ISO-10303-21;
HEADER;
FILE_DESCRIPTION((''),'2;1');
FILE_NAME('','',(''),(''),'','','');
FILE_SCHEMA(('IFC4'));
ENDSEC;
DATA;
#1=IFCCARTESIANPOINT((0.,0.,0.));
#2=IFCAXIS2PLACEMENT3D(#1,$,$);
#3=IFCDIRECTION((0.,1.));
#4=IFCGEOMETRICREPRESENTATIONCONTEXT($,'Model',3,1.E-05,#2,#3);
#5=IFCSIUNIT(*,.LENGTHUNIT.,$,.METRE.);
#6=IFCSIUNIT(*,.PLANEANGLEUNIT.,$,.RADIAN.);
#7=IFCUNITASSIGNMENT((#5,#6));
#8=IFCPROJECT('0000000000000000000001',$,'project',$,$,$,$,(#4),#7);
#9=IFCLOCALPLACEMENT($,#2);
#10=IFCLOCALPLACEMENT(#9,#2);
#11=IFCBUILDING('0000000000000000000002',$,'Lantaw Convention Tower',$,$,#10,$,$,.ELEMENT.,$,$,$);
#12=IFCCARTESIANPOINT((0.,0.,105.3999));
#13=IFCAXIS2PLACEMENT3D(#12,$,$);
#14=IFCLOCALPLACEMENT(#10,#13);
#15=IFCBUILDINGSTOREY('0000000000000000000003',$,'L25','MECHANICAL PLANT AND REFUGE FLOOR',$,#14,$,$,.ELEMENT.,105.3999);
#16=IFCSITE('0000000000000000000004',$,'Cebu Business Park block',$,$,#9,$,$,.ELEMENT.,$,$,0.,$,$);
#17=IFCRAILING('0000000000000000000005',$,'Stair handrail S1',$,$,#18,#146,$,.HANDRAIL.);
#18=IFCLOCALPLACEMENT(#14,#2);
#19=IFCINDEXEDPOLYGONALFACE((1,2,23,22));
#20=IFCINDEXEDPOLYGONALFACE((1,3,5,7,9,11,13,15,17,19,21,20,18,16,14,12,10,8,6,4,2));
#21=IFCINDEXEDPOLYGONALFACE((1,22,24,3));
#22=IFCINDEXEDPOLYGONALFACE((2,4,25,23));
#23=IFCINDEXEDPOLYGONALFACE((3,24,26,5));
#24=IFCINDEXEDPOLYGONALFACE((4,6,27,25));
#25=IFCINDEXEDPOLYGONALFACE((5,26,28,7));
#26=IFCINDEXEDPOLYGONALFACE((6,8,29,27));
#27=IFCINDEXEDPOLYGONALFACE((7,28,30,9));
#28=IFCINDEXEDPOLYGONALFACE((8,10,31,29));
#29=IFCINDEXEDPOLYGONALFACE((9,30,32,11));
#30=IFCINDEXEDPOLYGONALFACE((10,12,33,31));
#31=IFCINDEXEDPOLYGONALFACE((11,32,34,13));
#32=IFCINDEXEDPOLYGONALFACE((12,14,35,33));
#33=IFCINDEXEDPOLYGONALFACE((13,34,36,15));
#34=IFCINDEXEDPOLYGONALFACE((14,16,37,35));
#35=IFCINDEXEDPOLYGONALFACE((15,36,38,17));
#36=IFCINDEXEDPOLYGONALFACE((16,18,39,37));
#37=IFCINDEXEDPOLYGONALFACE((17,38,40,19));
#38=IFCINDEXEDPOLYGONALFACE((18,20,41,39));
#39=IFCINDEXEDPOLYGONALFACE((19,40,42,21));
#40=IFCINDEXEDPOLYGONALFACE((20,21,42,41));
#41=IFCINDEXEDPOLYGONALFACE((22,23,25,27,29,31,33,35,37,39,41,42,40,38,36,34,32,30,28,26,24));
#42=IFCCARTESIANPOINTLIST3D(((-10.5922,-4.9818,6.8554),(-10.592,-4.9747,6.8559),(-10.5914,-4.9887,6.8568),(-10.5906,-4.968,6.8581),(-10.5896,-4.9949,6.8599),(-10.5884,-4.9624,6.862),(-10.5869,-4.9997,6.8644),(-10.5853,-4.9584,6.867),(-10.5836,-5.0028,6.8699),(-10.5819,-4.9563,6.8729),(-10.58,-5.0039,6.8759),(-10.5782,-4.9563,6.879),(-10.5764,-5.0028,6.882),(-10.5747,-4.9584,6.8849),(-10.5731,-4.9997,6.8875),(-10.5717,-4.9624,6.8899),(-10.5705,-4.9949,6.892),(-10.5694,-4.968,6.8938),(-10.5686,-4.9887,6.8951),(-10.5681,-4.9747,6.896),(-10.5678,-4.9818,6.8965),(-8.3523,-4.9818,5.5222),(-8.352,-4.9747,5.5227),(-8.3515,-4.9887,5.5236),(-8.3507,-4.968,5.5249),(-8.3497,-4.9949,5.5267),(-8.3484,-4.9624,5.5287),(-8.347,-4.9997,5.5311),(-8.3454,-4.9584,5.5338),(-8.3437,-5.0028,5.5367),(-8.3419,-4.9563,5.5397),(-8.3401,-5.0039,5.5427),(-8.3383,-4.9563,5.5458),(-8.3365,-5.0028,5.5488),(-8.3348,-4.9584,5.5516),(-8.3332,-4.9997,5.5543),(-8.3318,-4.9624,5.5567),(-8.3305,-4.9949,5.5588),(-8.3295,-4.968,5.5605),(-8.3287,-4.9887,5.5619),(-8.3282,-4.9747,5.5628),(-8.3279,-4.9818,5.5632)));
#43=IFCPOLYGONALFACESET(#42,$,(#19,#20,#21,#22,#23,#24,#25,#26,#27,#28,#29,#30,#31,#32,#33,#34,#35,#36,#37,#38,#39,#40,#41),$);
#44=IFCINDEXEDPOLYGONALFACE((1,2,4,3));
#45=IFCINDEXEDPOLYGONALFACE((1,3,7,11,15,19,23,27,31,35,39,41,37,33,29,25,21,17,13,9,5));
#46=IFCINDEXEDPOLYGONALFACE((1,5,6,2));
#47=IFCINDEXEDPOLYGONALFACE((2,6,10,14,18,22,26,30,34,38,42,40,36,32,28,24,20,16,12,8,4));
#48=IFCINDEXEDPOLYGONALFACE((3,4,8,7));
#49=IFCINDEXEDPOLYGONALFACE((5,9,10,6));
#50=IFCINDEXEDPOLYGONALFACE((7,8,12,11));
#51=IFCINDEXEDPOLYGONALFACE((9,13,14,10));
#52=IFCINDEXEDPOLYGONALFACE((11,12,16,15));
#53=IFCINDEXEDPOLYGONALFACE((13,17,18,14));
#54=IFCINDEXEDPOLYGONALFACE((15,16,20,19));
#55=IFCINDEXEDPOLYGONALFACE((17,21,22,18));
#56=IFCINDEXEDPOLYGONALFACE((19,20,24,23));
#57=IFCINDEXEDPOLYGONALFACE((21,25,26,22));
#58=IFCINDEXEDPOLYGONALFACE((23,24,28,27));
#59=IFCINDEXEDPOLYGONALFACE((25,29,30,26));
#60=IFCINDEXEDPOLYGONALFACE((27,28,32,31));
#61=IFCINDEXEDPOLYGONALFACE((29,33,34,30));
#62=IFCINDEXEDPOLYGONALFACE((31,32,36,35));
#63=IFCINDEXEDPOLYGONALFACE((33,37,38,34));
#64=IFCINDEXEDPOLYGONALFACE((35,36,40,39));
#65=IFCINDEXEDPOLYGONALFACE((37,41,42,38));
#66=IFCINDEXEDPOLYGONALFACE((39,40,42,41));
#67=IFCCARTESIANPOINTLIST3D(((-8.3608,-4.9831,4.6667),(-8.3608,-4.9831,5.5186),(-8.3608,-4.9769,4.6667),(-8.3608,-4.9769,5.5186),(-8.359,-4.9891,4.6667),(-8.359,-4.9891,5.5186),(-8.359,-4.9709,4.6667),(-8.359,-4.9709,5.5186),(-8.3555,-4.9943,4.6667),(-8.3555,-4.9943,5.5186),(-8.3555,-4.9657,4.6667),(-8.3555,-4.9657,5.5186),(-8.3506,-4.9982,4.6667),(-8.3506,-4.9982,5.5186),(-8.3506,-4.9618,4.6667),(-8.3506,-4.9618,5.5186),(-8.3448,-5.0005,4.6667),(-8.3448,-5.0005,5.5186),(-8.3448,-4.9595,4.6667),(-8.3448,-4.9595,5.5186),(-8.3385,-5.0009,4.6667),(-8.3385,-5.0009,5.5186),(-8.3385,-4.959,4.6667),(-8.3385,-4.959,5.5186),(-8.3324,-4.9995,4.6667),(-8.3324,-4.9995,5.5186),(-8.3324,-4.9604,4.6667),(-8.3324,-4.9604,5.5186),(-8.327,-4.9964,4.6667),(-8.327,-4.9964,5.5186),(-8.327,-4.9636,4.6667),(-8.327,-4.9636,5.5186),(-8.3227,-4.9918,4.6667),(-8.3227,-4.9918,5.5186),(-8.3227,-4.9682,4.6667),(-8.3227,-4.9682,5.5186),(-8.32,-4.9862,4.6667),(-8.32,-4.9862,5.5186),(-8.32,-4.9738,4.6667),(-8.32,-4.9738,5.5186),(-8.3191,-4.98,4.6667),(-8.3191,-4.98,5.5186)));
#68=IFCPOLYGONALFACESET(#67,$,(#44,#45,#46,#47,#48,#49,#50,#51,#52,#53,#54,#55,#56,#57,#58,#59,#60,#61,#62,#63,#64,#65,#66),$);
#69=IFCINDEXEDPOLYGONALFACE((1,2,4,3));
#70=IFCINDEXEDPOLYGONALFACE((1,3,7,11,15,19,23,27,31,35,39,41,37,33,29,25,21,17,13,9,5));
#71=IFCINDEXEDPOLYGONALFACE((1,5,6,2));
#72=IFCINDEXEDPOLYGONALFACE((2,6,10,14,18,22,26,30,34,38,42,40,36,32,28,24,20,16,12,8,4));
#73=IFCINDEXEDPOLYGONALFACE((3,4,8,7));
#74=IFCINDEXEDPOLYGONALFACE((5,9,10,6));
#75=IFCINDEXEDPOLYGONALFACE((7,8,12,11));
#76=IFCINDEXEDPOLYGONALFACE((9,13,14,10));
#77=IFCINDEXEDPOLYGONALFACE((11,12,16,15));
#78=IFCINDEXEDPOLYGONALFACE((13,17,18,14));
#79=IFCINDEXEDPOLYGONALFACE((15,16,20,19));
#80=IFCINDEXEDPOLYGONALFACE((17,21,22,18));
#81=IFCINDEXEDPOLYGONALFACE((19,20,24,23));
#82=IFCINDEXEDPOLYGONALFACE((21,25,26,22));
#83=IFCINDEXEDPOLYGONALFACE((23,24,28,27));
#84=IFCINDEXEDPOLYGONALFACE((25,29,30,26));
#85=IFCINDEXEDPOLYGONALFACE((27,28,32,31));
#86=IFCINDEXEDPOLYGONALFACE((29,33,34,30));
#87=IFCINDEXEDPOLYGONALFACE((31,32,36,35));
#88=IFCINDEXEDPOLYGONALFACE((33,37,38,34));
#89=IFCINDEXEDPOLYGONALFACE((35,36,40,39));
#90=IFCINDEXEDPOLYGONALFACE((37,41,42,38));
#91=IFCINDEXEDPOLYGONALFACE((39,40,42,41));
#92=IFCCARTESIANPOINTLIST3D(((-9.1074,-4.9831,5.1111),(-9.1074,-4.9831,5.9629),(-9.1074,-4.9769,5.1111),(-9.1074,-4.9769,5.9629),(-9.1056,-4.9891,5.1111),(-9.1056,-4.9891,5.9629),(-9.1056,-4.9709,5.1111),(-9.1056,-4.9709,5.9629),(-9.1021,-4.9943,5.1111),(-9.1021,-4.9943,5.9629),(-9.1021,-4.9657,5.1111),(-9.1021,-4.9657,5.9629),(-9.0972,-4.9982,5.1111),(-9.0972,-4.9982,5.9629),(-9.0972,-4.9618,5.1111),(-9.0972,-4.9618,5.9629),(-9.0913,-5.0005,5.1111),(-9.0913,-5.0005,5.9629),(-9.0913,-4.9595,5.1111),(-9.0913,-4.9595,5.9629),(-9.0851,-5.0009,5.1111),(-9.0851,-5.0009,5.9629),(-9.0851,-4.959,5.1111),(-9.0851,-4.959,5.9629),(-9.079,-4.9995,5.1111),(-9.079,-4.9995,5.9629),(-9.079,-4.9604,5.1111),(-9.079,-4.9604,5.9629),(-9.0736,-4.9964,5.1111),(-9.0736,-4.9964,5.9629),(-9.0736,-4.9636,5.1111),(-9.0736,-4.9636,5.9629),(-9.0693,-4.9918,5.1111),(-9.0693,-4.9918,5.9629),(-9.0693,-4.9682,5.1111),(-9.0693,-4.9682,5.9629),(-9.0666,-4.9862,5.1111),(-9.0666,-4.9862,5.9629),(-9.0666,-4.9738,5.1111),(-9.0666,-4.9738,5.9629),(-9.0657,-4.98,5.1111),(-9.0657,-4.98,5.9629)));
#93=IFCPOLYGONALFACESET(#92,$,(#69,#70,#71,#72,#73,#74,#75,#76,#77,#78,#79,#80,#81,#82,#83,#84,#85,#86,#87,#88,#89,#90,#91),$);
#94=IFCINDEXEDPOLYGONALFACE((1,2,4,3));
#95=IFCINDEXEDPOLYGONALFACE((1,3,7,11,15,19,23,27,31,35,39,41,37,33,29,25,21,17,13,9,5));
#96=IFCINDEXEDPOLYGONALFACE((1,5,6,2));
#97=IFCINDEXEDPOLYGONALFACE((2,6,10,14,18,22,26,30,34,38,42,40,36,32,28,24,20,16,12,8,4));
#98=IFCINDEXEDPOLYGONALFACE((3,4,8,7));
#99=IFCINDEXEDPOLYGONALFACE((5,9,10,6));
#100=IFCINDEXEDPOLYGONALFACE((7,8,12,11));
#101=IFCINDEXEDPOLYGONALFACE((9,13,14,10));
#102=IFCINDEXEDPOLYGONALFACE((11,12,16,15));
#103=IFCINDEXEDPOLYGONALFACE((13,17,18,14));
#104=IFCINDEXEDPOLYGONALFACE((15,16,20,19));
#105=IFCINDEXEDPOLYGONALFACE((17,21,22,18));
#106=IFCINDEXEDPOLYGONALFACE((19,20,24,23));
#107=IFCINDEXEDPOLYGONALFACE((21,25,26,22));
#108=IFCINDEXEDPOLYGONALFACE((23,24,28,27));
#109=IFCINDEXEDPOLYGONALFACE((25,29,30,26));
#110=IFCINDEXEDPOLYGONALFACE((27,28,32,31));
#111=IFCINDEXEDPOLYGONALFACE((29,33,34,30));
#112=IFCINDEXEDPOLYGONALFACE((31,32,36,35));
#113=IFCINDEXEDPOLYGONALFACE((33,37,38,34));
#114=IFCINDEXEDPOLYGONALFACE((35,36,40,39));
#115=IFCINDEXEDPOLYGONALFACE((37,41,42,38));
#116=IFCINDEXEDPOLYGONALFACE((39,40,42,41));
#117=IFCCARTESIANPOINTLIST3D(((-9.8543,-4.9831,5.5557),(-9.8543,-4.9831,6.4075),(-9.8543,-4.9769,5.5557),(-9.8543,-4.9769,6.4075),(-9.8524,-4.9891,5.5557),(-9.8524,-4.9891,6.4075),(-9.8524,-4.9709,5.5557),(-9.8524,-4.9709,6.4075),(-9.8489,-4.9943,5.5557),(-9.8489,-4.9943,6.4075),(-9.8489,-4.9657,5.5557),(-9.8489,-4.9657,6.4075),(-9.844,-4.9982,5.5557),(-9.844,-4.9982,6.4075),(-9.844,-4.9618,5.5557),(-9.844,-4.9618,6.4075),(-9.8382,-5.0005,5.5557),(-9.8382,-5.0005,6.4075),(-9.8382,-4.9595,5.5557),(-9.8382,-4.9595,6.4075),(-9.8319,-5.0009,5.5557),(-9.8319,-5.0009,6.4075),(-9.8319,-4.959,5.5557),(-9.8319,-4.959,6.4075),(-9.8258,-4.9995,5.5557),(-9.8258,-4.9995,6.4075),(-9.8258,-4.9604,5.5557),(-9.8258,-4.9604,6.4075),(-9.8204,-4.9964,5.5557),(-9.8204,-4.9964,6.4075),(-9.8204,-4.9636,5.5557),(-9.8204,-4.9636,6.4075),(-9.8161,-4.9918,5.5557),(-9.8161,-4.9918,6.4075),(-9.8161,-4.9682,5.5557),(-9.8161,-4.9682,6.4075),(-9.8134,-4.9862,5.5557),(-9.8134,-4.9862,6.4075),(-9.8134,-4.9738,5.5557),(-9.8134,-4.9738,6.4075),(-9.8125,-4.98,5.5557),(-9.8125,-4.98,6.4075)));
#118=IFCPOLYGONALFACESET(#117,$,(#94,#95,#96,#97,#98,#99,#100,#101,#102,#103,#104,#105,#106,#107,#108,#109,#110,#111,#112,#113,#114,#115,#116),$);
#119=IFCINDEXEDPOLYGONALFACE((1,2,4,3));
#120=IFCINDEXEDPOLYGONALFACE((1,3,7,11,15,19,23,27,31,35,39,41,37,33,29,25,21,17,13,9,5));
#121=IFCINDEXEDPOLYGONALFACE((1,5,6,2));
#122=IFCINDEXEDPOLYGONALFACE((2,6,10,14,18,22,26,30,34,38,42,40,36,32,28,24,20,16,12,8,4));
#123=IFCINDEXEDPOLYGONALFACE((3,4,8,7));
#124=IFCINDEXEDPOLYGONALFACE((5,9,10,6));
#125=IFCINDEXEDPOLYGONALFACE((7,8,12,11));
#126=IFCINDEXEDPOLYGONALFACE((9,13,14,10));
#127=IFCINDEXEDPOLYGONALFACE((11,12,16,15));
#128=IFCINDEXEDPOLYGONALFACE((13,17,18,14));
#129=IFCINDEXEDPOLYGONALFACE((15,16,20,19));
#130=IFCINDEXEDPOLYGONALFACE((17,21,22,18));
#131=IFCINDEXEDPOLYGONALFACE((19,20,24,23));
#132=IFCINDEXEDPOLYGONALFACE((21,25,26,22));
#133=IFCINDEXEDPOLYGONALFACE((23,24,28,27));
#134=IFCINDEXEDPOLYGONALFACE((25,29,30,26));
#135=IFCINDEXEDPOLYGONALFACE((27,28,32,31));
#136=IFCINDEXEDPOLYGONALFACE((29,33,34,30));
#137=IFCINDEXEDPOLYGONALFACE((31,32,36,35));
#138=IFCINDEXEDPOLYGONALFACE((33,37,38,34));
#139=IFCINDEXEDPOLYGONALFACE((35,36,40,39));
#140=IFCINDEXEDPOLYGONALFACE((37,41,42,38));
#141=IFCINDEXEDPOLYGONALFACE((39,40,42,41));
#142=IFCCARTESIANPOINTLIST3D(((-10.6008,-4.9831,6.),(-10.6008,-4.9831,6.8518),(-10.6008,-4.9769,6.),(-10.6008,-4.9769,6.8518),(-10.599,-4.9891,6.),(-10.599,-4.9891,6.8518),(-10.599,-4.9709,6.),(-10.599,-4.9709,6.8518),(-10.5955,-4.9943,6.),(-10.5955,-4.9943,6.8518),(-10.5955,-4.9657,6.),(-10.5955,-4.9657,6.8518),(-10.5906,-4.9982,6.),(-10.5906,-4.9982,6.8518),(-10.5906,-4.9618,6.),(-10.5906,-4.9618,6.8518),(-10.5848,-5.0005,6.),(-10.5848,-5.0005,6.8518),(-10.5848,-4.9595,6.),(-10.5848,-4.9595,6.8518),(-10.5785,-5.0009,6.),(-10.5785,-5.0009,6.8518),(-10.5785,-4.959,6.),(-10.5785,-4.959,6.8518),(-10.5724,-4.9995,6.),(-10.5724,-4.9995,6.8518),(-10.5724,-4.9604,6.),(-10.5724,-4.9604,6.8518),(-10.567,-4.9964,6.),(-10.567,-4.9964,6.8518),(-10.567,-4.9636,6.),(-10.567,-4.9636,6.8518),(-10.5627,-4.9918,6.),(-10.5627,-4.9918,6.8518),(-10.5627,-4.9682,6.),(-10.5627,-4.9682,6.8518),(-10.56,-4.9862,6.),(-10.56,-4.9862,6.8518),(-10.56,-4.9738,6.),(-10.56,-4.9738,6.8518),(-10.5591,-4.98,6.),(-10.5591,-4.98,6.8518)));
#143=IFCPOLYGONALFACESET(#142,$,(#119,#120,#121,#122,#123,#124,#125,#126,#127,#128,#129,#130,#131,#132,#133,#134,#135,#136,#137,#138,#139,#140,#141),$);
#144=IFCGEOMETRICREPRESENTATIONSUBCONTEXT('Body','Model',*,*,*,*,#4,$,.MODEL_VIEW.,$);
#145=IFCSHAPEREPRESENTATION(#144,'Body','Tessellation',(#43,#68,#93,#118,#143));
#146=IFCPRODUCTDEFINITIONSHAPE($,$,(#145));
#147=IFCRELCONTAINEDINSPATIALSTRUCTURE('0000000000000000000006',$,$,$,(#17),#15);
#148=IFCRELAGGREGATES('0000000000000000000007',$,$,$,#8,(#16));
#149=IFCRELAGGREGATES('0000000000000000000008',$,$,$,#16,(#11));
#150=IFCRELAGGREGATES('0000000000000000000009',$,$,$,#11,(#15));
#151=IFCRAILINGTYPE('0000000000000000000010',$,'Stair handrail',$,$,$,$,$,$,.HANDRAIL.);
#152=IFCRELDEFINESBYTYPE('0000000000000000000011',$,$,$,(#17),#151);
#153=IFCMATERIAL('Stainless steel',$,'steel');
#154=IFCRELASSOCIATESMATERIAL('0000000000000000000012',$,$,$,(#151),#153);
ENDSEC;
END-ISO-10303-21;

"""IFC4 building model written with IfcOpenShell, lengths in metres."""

from ifc_helpers import new_model, si_unit, direction, frame, origin, origin_2d, place, context, subcontext, project, spatial, circle, extrude, material, type_object, element, save


model = new_model("IFC4")

# Units and contexts
model_context = context("Model", 3, precision=1e-05, world=origin(), true_north=direction((0.0, 1.0)))
body_context = subcontext(model_context, "Body", "Model", "MODEL_VIEW")
ifc_project = project(units=[si_unit("LENGTHUNIT", "METRE"), si_unit("PLANEANGLEUNIT", "RADIAN")], contexts=[model_context])

# Site, building, storey
site_placement = place(None, origin())
site = spatial("IfcSite", under=ifc_project, at=site_placement, Name="Cebu Business Park block", CompositionType="ELEMENT", RefElevation=0.0)
building_placement = place(site_placement, origin())
building = spatial("IfcBuilding", under=site, at=building_placement, Name="Lantaw Convention Tower", CompositionType="ELEMENT")
storey_placement = place(building_placement, frame((0.0, 0.0, 105.3999)))
storey = spatial("IfcBuildingStorey", under=building, at=storey_placement, Name="L25", Description="MECHANICAL PLANT AND REFUGE FLOOR", CompositionType="ELEMENT", Elevation=105.3999)

# Railing
ifc_material_1 = material(Name="Stainless steel", Category="steel")
railing_type = type_object("IfcRailingType", Name="Stair handrail", PredefinedType="HANDRAIL", material=ifc_material_1)
railing_1_placement = place(storey_placement, frame((-8.3401, -4.98, 4.6667)))
element("IfcRailing", 1, at=railing_1_placement, inside=storey, type_object=railing_type, Name="Stair handrail S1", PredefinedType="HANDRAIL", context=body_context, shape_type="SweptSolid", body=[
    extrude(circle(Radius=0.0239, at=origin_2d()), frame((0.0, 0.0, 0.876), z_axis=(-0.859306, 0.0, 0.511462), x_axis=(0.0, -1.0, 0.0)), (0.0, 0.0, 1.0), 2.6067),
    extrude(circle(Radius=0.021, at=origin_2d()), origin(), (0.0, 0.0, 1.0), 0.8518),
    extrude(circle(Radius=0.021, at=origin_2d()), frame((-0.7466, 0.0, 0.4443)), (0.0, 0.0, 1.0), 0.8518),
    extrude(circle(Radius=0.021, at=origin_2d()), frame((-1.4934, 0.0, 0.8889)), (0.0, 0.0, 1.0), 0.8518),
    extrude(circle(Radius=0.021, at=origin_2d()), frame((-2.24, 0.0, 1.3333)), (0.0, 0.0, 1.0), 0.8518),
])

save(model, "model.ifc")
